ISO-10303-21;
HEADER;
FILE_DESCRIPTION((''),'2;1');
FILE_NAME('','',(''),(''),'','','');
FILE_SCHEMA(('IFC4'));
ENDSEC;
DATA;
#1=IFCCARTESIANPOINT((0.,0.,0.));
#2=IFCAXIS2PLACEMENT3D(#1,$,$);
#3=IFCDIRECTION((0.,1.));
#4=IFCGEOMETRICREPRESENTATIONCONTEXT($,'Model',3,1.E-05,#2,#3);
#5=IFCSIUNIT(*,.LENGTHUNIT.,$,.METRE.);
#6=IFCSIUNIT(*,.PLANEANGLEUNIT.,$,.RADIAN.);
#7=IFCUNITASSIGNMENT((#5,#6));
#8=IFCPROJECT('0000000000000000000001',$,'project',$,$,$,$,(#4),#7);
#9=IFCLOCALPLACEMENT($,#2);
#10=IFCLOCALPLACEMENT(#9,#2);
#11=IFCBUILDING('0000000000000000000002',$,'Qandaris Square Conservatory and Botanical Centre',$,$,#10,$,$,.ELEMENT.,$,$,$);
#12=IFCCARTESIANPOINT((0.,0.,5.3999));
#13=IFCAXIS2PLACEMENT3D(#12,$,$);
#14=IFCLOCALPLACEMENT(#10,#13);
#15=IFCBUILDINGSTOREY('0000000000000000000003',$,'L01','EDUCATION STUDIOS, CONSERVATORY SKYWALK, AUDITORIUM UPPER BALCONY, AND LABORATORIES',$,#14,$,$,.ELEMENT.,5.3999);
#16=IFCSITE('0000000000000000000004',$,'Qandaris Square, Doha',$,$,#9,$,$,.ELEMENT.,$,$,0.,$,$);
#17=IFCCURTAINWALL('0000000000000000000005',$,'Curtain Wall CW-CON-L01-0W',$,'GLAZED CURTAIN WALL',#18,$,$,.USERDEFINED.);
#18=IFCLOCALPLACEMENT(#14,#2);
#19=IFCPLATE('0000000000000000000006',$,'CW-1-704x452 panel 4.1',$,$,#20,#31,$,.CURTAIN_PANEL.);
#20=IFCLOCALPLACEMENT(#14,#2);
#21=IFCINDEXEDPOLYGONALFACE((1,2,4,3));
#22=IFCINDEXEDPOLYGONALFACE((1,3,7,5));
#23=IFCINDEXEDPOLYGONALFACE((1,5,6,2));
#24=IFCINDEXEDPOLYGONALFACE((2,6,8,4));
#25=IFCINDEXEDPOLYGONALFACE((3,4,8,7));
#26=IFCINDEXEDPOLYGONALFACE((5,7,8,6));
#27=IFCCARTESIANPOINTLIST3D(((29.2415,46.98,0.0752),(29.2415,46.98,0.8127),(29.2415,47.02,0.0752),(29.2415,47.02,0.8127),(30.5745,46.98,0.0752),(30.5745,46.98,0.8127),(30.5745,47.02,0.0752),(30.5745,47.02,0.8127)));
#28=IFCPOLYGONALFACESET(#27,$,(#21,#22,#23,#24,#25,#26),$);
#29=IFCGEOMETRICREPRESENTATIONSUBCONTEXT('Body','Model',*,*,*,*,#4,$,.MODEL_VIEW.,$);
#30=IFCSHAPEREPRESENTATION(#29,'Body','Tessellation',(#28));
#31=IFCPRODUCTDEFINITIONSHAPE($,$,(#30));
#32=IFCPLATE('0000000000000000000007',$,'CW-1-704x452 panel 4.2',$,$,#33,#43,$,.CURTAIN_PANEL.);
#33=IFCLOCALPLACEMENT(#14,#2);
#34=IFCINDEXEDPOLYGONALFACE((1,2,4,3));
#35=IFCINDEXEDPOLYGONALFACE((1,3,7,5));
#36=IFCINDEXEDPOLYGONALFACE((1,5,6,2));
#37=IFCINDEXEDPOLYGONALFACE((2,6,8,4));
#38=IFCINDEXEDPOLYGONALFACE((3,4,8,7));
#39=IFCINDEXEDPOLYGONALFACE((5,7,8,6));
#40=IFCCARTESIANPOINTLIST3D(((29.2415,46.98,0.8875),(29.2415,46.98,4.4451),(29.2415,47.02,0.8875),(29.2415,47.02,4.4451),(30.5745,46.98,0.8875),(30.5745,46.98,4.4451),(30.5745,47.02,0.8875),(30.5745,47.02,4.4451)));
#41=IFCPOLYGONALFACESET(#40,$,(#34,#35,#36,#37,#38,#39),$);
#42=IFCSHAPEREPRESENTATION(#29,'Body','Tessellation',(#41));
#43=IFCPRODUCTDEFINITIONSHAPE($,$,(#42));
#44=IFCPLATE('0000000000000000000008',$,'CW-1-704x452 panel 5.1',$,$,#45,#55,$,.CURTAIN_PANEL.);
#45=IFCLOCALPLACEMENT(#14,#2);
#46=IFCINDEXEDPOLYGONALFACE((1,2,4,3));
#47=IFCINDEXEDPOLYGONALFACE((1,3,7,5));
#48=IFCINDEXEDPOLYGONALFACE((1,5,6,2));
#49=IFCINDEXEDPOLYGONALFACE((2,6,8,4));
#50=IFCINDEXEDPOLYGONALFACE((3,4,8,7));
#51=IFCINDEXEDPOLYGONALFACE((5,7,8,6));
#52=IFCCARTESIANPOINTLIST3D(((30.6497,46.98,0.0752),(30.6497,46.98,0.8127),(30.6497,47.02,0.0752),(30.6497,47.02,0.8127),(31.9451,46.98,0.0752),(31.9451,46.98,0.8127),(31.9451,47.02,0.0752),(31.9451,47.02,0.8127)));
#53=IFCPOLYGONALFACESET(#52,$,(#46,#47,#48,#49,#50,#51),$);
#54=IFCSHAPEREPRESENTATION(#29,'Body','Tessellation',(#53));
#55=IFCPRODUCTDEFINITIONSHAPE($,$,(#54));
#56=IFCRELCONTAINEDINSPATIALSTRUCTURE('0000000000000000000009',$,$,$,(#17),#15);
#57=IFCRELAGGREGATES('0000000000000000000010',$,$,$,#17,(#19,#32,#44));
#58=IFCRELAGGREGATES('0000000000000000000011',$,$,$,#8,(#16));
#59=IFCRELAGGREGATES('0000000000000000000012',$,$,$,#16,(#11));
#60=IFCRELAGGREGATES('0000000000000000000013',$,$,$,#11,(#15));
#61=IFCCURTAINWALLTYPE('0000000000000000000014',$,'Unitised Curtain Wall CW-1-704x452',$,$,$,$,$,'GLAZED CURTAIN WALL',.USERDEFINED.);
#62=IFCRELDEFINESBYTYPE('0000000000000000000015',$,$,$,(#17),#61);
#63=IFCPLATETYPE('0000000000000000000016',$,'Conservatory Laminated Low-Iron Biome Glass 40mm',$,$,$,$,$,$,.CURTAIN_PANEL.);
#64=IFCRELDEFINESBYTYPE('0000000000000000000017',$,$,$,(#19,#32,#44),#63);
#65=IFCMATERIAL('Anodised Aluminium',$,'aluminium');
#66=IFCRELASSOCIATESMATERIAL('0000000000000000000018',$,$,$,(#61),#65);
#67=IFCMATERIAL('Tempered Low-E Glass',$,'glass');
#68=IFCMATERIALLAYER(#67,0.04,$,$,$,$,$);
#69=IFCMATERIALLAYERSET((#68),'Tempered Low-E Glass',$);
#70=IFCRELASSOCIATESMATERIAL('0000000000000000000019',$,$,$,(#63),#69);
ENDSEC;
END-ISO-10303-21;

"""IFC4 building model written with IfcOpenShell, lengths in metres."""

from ifc_helpers import new_model, si_unit, direction, frame, origin, origin_2d, place, context, subcontext, project, spatial, rectangle, extrude, material, layer, layer_set, type_object, element, aggregate, save


model = new_model("IFC4")

# Units and contexts
model_context = context("Model", 3, precision=1e-05, world=origin(), true_north=direction((0.0, 1.0)))
body_context = subcontext(model_context, "Body", "Model", "MODEL_VIEW")
ifc_project = project(units=[si_unit("LENGTHUNIT", "METRE"), si_unit("PLANEANGLEUNIT", "RADIAN")], contexts=[model_context])

# Site, building, storey
site_placement = place(None, origin())
site = spatial("IfcSite", under=ifc_project, at=site_placement, Name="Qandaris Square, Doha", CompositionType="ELEMENT", RefElevation=0.0)
building_placement = place(site_placement, origin())
building = spatial("IfcBuilding", under=site, at=building_placement, Name="Qandaris Square Conservatory and Botanical Centre", CompositionType="ELEMENT")
storey_placement = place(building_placement, frame((0.0, 0.0, 5.3999)))
storey = spatial("IfcBuildingStorey", under=building, at=storey_placement, Name="L01", Description="EDUCATION STUDIOS, CONSERVATORY SKYWALK, AUDITORIUM UPPER BALCONY, AND LABORATORIES", CompositionType="ELEMENT", Elevation=5.3999)

# Curtain wall, plates
ifc_material_1 = material(Name="Anodised Aluminium", Category="aluminium")
curtain_wall_type = type_object("IfcCurtainWallType", Name="Unitised Curtain Wall CW-1-704x452", ElementType="GLAZED CURTAIN WALL", PredefinedType="USERDEFINED", material=ifc_material_1)
curtain_wall_placement = place(storey_placement, origin())
curtain_wall = element("IfcCurtainWall", 1, at=curtain_wall_placement, inside=storey, type_object=curtain_wall_type, Name="Curtain Wall CW-CON-L01-0W", ObjectType="GLAZED CURTAIN WALL", PredefinedType="USERDEFINED")
ifc_material_2 = material(Name="Tempered Low-E Glass", Category="glass")
ifc_layer = layer(ifc_material_2, 0.04)
ifc_layer_set = layer_set([ifc_layer], Name="Tempered Low-E Glass")
plate_type = type_object("IfcPlateType", Name="Conservatory Laminated Low-Iron Biome Glass 40mm", PredefinedType="CURTAIN_PANEL", material=ifc_layer_set)
plate_1_placement = place(storey_placement, frame((29.908, 47.0, 0.0752), z_axis=(0.0, 0.0, 1.0), x_axis=(1.0, 0.0, 0.0)))
plate_1 = element("IfcPlate", 2, at=plate_1_placement, type_object=plate_type, Name="CW-1-704x452 panel 4.1", PredefinedType="CURTAIN_PANEL", context=body_context, shape_type="SweptSolid", body=[
    extrude(rectangle(XDim=1.333, YDim=0.04, at=origin_2d()), origin(), (0.0, 0.0, 1.0), 0.7375),
])
plate_2_placement = place(storey_placement, frame((29.908, 47.0, 0.8875), z_axis=(0.0, 0.0, 1.0), x_axis=(1.0, 0.0, 0.0)))
plate_2 = element("IfcPlate", 3, at=plate_2_placement, type_object=plate_type, Name="CW-1-704x452 panel 4.2", PredefinedType="CURTAIN_PANEL", context=body_context, shape_type="SweptSolid", body=[
    extrude(rectangle(XDim=1.333, YDim=0.04, at=origin_2d()), origin(), (0.0, 0.0, 1.0), 3.5576),
])
plate_3_placement = place(storey_placement, frame((31.2974, 47.0, 0.0752), z_axis=(0.0, 0.0, 1.0), x_axis=(1.0, 0.0, 0.0)))
plate_3 = element("IfcPlate", 4, at=plate_3_placement, type_object=plate_type, Name="CW-1-704x452 panel 5.1", PredefinedType="CURTAIN_PANEL", context=body_context, shape_type="SweptSolid", body=[
    extrude(rectangle(XDim=1.2954, YDim=0.04, at=origin_2d()), origin(), (0.0, 0.0, 1.0), 0.7375),
])
aggregate(curtain_wall, [plate_1, plate_2, plate_3])

save(model, "model.ifc")
